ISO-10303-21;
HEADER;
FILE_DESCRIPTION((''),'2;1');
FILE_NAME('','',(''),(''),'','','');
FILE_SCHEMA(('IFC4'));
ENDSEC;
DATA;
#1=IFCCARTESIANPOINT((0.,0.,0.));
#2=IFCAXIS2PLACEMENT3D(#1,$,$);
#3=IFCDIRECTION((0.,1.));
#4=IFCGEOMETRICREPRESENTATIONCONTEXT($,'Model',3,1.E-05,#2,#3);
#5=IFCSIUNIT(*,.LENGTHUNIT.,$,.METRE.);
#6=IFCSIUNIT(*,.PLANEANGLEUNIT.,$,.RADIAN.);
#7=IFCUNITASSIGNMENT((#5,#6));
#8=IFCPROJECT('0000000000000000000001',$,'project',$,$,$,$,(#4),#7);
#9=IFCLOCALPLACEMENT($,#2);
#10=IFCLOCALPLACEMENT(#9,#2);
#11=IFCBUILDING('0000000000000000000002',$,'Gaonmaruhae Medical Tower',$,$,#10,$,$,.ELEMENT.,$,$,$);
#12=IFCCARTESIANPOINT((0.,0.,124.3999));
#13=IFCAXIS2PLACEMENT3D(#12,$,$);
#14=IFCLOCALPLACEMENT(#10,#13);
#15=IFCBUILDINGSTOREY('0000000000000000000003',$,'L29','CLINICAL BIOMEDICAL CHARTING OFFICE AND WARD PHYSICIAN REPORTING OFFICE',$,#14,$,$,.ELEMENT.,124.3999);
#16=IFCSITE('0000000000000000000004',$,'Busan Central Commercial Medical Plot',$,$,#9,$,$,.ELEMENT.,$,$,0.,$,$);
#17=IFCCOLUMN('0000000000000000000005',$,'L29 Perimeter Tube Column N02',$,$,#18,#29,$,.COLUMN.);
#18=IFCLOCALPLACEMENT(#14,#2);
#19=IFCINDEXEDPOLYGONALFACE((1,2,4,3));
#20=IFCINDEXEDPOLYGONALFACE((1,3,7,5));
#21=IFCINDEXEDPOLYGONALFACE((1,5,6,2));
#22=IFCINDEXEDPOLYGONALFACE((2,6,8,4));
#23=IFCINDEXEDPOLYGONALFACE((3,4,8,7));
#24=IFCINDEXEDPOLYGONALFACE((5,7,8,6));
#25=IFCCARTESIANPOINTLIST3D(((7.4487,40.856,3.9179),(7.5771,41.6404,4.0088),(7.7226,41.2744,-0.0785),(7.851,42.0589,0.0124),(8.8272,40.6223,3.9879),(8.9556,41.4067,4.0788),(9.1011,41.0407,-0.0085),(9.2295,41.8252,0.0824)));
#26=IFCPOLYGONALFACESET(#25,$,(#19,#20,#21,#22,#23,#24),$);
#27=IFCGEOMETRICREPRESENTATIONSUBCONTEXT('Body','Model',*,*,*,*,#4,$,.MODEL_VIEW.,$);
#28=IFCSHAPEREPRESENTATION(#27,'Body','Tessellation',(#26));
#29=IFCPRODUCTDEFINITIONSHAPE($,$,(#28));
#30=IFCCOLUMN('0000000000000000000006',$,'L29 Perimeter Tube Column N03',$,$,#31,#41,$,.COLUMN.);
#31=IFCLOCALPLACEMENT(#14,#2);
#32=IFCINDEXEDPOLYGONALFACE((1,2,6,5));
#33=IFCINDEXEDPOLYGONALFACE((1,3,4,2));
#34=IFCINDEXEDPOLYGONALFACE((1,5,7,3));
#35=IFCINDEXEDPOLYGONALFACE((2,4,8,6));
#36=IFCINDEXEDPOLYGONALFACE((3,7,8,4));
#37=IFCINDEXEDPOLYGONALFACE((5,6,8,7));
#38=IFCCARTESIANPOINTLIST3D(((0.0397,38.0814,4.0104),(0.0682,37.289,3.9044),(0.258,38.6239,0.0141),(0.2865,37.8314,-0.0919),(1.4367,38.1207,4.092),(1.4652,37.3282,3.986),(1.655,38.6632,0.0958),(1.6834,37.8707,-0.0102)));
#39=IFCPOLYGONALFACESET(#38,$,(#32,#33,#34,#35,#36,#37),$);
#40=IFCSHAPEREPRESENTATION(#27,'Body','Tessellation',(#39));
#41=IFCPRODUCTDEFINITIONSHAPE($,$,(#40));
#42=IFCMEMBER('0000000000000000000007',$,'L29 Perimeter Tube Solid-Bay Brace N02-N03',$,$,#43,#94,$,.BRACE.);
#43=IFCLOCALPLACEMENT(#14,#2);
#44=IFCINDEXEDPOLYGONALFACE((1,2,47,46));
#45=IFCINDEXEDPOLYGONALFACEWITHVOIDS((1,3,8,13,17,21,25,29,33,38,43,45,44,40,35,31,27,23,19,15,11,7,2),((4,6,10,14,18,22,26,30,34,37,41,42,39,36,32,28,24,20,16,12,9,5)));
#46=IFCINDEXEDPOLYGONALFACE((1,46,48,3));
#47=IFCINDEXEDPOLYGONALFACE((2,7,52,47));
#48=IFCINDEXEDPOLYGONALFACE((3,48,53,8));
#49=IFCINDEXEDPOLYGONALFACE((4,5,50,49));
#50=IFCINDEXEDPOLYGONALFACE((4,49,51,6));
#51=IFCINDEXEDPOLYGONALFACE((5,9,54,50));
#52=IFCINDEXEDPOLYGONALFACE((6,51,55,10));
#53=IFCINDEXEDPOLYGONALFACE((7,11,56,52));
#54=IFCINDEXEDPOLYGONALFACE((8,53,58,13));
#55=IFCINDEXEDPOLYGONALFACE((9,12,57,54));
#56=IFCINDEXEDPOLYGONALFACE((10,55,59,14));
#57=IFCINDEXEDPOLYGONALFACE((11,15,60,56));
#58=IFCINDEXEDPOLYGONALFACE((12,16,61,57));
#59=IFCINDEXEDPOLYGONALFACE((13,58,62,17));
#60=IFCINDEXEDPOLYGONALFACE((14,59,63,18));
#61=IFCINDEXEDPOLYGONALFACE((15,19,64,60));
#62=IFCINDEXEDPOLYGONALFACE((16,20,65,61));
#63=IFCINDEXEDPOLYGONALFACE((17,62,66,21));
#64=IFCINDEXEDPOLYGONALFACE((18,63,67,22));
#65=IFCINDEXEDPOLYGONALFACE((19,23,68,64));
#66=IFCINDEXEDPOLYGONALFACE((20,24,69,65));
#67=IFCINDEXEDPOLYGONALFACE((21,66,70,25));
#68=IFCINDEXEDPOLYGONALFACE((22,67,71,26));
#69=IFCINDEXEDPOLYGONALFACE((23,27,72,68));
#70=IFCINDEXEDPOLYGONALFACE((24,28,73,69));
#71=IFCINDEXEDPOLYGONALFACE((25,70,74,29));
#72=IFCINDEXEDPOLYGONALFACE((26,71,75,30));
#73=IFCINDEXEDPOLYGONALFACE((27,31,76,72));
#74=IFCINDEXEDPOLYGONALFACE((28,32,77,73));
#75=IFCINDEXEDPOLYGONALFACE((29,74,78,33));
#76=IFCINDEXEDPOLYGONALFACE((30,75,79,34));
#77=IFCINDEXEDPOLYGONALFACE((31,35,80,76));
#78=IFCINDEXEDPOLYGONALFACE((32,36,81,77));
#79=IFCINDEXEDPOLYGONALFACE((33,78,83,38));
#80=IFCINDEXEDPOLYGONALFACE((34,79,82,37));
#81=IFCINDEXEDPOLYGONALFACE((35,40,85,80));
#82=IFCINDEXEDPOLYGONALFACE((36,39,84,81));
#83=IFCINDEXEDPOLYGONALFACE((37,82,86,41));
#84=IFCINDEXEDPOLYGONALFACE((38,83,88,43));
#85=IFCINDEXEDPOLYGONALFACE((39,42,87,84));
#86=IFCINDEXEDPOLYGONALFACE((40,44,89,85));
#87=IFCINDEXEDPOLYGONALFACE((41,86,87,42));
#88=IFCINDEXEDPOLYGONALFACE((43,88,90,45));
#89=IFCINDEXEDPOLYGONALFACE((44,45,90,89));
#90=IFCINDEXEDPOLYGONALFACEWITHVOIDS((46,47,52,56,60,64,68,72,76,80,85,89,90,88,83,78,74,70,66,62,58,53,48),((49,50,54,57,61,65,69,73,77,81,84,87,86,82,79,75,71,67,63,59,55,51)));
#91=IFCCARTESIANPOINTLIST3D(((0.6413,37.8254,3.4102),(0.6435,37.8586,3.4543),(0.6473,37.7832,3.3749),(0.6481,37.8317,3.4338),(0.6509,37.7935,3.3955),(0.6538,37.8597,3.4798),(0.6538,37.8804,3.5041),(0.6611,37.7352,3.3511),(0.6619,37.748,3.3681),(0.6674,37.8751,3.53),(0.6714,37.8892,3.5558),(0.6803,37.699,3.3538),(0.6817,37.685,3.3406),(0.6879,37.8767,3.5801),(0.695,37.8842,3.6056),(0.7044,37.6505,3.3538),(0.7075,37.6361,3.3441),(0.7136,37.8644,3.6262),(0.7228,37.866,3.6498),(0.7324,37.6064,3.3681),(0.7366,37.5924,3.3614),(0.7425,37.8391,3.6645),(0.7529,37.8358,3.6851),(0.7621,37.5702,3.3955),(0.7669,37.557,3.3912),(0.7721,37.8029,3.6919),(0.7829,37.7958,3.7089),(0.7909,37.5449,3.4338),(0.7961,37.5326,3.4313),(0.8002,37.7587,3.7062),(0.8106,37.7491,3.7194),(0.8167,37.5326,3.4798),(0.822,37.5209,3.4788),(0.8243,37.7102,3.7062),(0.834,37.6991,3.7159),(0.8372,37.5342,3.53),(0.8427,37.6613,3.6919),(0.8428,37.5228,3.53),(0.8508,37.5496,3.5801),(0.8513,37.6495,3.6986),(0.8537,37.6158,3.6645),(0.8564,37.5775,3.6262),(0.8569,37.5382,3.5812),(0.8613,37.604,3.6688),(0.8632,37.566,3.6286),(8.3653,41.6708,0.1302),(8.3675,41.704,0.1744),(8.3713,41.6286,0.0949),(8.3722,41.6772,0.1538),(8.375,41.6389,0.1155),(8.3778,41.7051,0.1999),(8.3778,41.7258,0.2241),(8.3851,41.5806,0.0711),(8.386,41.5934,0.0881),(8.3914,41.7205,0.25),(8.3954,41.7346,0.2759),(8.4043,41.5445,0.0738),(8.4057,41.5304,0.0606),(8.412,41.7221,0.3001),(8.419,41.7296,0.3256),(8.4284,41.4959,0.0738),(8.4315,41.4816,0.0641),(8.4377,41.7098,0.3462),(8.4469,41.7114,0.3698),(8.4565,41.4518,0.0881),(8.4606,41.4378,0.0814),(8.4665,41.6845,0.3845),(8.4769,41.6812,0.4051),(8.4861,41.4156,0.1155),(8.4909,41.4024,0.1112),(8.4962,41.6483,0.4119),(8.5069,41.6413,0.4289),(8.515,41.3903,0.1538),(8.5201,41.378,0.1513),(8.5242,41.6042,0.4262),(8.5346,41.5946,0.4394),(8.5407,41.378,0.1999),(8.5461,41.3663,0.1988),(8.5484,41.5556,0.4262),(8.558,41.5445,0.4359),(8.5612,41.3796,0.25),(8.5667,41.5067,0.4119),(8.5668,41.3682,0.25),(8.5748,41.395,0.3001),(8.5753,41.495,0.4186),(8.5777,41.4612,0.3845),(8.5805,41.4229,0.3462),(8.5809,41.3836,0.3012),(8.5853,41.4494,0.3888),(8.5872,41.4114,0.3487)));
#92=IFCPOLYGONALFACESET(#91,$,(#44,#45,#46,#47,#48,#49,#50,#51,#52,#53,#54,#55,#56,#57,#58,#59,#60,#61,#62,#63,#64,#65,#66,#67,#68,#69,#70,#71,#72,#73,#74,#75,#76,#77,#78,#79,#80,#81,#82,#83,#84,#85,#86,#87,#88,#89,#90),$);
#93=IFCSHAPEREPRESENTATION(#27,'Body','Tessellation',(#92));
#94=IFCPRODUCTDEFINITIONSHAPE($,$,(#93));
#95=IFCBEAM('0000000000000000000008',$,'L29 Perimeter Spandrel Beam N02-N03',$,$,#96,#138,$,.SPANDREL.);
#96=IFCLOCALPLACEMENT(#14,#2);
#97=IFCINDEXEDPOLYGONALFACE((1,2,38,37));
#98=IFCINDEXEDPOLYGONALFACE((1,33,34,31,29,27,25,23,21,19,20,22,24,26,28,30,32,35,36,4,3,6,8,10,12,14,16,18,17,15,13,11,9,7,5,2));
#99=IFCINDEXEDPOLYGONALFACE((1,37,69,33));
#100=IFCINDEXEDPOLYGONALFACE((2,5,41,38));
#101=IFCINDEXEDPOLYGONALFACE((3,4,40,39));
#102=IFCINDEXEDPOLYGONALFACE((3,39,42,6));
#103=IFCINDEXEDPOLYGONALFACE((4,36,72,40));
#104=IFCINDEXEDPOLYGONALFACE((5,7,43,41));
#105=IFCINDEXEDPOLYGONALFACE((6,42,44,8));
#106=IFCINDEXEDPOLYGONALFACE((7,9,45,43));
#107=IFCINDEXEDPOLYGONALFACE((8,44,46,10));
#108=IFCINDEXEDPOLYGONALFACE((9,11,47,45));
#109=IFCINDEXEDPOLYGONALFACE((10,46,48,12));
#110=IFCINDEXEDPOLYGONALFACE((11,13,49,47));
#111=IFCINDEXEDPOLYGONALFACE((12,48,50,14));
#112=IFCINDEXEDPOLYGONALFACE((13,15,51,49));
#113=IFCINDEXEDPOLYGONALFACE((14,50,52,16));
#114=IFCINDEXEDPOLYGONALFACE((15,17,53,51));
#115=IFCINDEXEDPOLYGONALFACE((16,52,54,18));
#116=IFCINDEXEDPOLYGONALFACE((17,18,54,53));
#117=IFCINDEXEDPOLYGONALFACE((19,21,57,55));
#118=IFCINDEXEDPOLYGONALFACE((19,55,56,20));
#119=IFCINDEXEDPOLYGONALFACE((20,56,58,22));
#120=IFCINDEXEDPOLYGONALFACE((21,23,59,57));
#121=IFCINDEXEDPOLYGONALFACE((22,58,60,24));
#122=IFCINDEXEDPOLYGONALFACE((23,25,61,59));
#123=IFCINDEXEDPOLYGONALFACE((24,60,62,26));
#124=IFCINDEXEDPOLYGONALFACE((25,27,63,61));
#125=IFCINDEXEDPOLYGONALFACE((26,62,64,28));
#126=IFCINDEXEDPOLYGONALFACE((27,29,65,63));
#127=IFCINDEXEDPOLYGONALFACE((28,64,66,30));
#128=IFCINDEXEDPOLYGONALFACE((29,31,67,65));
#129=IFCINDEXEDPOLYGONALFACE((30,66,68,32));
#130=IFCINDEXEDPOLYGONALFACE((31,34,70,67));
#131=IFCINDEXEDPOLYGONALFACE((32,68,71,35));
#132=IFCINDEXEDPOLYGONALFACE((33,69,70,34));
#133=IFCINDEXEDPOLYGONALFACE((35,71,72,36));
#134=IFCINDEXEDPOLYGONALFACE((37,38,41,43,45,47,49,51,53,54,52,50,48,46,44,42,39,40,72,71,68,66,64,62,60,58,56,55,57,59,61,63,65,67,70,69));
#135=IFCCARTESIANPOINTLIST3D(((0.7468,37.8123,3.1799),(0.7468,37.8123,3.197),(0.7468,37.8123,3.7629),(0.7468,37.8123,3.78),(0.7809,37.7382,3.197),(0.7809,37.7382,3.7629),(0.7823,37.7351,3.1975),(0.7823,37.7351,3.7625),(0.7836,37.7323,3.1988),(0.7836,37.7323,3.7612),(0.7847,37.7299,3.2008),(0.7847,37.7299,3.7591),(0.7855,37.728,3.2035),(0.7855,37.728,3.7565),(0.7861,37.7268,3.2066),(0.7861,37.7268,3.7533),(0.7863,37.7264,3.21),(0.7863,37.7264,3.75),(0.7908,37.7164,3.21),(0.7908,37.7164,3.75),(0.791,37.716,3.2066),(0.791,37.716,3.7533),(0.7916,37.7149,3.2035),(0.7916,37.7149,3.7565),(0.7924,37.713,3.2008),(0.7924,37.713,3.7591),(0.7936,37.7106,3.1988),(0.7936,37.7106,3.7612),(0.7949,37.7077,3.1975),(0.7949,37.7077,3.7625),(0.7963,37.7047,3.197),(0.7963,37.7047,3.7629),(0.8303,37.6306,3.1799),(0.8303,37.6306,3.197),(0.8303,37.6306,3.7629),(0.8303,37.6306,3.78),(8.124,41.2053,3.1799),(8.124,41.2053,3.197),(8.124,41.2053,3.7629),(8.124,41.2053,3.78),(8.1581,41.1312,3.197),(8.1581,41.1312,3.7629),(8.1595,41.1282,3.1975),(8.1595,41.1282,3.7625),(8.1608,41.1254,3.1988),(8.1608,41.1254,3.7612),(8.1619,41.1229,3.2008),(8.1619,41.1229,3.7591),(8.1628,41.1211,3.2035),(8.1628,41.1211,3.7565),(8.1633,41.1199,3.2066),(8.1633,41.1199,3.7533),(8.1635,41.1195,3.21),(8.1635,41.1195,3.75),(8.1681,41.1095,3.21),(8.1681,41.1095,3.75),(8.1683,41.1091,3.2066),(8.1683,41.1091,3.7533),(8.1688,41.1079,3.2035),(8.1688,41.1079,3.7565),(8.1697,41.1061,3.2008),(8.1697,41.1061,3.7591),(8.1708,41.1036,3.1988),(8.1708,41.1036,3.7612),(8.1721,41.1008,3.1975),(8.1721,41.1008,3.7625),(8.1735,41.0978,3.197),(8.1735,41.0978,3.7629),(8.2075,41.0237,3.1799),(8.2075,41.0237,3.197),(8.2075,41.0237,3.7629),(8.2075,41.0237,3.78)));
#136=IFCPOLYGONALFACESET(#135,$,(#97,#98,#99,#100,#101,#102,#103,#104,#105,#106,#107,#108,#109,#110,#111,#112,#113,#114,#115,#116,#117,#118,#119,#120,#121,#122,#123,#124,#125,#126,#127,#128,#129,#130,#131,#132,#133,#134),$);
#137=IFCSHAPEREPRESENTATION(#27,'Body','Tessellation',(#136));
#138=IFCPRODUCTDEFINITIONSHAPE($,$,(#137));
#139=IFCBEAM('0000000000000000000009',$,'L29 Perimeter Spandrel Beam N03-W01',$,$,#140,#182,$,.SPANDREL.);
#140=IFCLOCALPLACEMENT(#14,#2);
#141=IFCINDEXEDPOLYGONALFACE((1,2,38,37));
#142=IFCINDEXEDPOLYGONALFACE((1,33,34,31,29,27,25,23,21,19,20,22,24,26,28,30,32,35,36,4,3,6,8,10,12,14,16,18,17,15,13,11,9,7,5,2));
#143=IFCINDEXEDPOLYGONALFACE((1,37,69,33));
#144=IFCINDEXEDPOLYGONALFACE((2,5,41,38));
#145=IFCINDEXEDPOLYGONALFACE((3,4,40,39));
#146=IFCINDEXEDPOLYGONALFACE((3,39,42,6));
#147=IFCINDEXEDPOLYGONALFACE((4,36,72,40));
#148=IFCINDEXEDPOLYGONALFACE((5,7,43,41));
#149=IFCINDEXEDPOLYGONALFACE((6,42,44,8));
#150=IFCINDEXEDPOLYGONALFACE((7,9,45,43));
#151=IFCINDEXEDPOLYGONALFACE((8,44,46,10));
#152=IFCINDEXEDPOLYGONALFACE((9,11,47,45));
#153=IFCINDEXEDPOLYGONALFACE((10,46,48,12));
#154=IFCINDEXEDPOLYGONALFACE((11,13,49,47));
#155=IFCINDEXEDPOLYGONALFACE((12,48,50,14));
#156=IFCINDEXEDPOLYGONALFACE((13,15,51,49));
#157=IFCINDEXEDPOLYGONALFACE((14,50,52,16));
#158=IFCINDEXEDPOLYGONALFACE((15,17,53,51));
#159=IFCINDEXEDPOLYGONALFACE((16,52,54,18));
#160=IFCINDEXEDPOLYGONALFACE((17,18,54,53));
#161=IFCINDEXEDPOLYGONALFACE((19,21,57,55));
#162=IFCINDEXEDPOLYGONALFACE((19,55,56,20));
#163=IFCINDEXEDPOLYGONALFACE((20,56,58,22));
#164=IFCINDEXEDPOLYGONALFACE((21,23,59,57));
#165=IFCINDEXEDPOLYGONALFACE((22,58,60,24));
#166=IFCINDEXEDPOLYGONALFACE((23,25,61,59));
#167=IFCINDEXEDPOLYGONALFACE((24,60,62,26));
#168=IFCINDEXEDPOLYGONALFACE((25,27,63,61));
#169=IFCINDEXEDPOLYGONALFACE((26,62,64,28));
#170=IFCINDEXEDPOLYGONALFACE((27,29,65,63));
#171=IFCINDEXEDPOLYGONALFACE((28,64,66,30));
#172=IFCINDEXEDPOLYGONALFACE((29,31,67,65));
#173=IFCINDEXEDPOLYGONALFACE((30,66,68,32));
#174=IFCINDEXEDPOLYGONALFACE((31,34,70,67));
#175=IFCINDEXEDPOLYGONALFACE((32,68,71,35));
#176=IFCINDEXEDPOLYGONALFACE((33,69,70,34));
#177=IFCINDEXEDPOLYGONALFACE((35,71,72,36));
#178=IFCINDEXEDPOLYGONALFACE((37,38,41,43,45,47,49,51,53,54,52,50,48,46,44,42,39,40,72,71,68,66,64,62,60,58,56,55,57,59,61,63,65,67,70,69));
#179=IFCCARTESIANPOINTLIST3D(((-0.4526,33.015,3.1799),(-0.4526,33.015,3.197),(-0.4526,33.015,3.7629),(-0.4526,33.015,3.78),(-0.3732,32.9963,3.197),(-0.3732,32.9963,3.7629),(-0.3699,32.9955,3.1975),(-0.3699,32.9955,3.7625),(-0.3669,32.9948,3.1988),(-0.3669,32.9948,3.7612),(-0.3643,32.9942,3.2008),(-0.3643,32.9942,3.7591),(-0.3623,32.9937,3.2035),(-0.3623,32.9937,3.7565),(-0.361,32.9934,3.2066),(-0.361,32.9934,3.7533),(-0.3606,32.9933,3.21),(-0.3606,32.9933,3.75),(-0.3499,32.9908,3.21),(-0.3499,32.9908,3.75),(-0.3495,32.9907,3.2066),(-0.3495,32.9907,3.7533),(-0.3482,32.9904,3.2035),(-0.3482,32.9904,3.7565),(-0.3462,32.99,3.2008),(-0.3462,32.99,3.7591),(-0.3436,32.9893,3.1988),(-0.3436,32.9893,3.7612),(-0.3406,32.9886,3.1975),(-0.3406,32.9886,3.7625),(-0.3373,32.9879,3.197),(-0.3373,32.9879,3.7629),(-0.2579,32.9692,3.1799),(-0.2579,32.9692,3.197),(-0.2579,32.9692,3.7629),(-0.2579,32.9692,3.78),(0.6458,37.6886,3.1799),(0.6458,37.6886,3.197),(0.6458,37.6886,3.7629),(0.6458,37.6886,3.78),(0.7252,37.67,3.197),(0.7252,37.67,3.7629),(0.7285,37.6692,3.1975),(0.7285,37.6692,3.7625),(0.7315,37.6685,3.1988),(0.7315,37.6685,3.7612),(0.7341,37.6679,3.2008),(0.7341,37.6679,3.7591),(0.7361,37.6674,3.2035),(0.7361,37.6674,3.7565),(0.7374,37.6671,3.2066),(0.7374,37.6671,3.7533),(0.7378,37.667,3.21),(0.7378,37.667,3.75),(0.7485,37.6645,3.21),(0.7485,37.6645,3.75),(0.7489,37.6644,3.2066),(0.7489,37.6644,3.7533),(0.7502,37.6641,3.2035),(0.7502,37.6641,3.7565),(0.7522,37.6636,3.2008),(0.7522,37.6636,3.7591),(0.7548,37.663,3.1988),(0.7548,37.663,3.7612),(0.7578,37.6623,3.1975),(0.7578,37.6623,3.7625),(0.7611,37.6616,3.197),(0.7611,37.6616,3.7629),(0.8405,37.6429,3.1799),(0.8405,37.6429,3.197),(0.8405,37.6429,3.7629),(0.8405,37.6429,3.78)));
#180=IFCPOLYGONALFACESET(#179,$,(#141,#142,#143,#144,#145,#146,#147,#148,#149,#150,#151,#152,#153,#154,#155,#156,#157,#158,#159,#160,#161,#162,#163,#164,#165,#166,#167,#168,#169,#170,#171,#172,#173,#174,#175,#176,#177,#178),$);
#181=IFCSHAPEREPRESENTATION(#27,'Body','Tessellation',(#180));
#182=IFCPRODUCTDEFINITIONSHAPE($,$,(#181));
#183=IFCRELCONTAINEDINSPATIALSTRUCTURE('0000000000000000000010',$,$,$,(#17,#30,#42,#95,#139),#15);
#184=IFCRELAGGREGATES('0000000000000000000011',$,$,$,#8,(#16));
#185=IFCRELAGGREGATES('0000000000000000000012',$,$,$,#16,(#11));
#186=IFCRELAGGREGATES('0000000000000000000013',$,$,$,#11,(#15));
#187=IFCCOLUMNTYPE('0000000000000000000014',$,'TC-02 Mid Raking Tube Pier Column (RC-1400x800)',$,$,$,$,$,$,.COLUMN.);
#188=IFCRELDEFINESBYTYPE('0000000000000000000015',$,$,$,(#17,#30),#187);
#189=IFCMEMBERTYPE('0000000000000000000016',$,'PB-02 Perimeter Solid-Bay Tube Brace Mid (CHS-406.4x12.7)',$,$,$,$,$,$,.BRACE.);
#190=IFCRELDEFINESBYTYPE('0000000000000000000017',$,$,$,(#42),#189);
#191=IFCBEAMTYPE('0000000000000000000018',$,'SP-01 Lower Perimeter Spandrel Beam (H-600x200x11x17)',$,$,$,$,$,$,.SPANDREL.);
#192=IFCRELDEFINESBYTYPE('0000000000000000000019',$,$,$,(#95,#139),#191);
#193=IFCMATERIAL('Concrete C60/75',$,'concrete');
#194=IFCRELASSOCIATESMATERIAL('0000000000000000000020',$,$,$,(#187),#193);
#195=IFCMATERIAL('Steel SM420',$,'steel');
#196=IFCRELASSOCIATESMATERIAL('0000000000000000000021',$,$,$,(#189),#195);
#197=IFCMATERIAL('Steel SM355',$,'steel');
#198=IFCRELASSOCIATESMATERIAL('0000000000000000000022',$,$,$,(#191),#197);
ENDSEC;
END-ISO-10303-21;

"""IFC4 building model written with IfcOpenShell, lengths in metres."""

from ifc_helpers import new_model, si_unit, direction, frame, origin, origin_2d, place, context, subcontext, project, spatial, rectangle, hollow_circle, i_section, extrude, material, material_profile, profile_set, type_object, element, save


model = new_model("IFC4")

# Units and contexts
model_context = context("Model", 3, precision=1e-05, world=origin(), true_north=direction((0.0, 1.0)))
body_context = subcontext(model_context, "Body", "Model", "MODEL_VIEW")
ifc_project = project(units=[si_unit("LENGTHUNIT", "METRE"), si_unit("PLANEANGLEUNIT", "RADIAN")], contexts=[model_context])

# Site, building, storey
site_placement = place(None, origin())
site = spatial("IfcSite", under=ifc_project, at=site_placement, Name="Busan Central Commercial Medical Plot", CompositionType="ELEMENT", RefElevation=0.0)
building_placement = place(site_placement, origin())
building = spatial("IfcBuilding", under=site, at=building_placement, Name="Gaonmaruhae Medical Tower", CompositionType="ELEMENT")
storey_placement = place(building_placement, frame((0.0, 0.0, 124.3999)))
storey = spatial("IfcBuildingStorey", under=building, at=storey_placement, Name="L29", Description="CLINICAL BIOMEDICAL CHARTING OFFICE AND WARD PHYSICIAN REPORTING OFFICE", CompositionType="ELEMENT", Elevation=124.3999)

# Columns
ifc_material_1 = material(Name="Concrete C60/75", Category="concrete")
ifc_material_profile_1 = material_profile(ifc_material_1, rectangle(XDim=1.3999, YDim=0.8, at=origin_2d()), Name="RC-1400x800")
ifc_profile_set_1 = profile_set([ifc_material_profile_1], Name="Concrete C60/75")
column_type = type_object("IfcColumnType", Name="TC-02 Mid Raking Tube Pier Column (RC-1400x800)", PredefinedType="COLUMN", material=ifc_profile_set_1)
column_1_placement = place(storey_placement, frame((8.4761, 41.5498, 0.002), z_axis=(-0.068014, -0.1039, 0.99226), x_axis=(0.984696, -0.166952, 0.050014)))
element("IfcColumn", 1, at=column_1_placement, inside=storey, type_object=column_type, Name="L29 Perimeter Tube Column N02", PredefinedType="COLUMN", context=body_context, shape_type="SweptSolid", body=[
    extrude(rectangle(XDim=1.3999, YDim=0.8, at=origin_2d()), origin(), (0.0, 0.0, 1.0), 4.0276),
])
column_2_placement = place(storey_placement, frame((0.9707, 38.2473, 0.002), z_axis=(-0.05404, -0.134314, 0.989464), x_axis=(0.997904, 0.028051, 0.058309)))
element("IfcColumn", 2, at=column_2_placement, inside=storey, type_object=column_type, Name="L29 Perimeter Tube Column N03", PredefinedType="COLUMN", context=body_context, shape_type="SweptSolid", body=[
    extrude(rectangle(XDim=1.3999, YDim=0.8, at=origin_2d()), origin(), (0.0, 0.0, 1.0), 4.0388),
])

# Member
ifc_material_2 = material(Name="Steel SM420", Category="steel")
ifc_material_profile_2 = material_profile(ifc_material_2, hollow_circle(Radius=0.2031, WallThickness=0.0127, at=origin_2d()), Name="CHS-406.4x12.7")
ifc_profile_set_2 = profile_set([ifc_material_profile_2], Name="Steel SM420")
member_type = type_object("IfcMemberType", Name="PB-02 Perimeter Solid-Bay Tube Brace Mid (CHS-406.4x12.7)", PredefinedType="BRACE", material=ifc_profile_set_2)
member_placement = place(storey_placement, frame((8.4763, 41.55, 0.25), z_axis=(-0.836774, -0.416589, 0.355334), x_axis=(0.445674, -0.895195, 0.0)))
element("IfcMember", 3, at=member_placement, inside=storey, type_object=member_type, Name="L29 Perimeter Tube Solid-Bay Brace N02-N03", PredefinedType="BRACE", context=body_context, shape_type="SweptSolid", body=[
    extrude(hollow_circle(Radius=0.2031, WallThickness=0.0127, at=origin_2d()), origin(), (0.0, 0.0, 1.0), 9.2307),
])

# Beams
ifc_material_3 = material(Name="Steel SM355", Category="steel")
ifc_material_profile_3 = material_profile(ifc_material_3, i_section(OverallWidth=0.2, OverallDepth=0.6001, WebThickness=0.011, FlangeThickness=0.0171, FilletRadius=0.0129, at=origin_2d()), Name="H-600x200x11x17")
ifc_profile_set_3 = profile_set([ifc_material_profile_3], Name="Steel SM355")
beam_type = type_object("IfcBeamType", Name="SP-01 Lower Perimeter Spandrel Beam (H-600x200x11x17)", PredefinedType="SPANDREL", material=ifc_profile_set_3)
beam_1_placement = place(storey_placement, frame((8.1658, 41.1145, 3.48), z_axis=(-0.908511, -0.41786, 0.0), x_axis=(0.41786, -0.908511, 0.0)))
element("IfcBeam", 4, at=beam_1_placement, inside=storey, type_object=beam_type, Name="L29 Perimeter Spandrel Beam N02-N03", PredefinedType="SPANDREL", context=body_context, shape_type="SweptSolid", body=[
    extrude(i_section(OverallWidth=0.2, OverallDepth=0.6001, WebThickness=0.011, FlangeThickness=0.0171, FilletRadius=0.0129, at=origin_2d()), origin(), (0.0, 0.0, 1.0), 8.1201),
])
beam_2_placement = place(storey_placement, frame((0.7432, 37.6658, 3.48), z_axis=(-0.228787, -0.973476, 0.0), x_axis=(0.973476, -0.228787, 0.0)))
element("IfcBeam", 5, at=beam_2_placement, inside=storey, type_object=beam_type, Name="L29 Perimeter Spandrel Beam N03-W01", PredefinedType="SPANDREL", context=body_context, shape_type="SweptSolid", body=[
    extrude(i_section(OverallWidth=0.2, OverallDepth=0.6001, WebThickness=0.011, FlangeThickness=0.0171, FilletRadius=0.0129, at=origin_2d()), origin(), (0.0, 0.0, 1.0), 4.801),
])

save(model, "model.ifc")
